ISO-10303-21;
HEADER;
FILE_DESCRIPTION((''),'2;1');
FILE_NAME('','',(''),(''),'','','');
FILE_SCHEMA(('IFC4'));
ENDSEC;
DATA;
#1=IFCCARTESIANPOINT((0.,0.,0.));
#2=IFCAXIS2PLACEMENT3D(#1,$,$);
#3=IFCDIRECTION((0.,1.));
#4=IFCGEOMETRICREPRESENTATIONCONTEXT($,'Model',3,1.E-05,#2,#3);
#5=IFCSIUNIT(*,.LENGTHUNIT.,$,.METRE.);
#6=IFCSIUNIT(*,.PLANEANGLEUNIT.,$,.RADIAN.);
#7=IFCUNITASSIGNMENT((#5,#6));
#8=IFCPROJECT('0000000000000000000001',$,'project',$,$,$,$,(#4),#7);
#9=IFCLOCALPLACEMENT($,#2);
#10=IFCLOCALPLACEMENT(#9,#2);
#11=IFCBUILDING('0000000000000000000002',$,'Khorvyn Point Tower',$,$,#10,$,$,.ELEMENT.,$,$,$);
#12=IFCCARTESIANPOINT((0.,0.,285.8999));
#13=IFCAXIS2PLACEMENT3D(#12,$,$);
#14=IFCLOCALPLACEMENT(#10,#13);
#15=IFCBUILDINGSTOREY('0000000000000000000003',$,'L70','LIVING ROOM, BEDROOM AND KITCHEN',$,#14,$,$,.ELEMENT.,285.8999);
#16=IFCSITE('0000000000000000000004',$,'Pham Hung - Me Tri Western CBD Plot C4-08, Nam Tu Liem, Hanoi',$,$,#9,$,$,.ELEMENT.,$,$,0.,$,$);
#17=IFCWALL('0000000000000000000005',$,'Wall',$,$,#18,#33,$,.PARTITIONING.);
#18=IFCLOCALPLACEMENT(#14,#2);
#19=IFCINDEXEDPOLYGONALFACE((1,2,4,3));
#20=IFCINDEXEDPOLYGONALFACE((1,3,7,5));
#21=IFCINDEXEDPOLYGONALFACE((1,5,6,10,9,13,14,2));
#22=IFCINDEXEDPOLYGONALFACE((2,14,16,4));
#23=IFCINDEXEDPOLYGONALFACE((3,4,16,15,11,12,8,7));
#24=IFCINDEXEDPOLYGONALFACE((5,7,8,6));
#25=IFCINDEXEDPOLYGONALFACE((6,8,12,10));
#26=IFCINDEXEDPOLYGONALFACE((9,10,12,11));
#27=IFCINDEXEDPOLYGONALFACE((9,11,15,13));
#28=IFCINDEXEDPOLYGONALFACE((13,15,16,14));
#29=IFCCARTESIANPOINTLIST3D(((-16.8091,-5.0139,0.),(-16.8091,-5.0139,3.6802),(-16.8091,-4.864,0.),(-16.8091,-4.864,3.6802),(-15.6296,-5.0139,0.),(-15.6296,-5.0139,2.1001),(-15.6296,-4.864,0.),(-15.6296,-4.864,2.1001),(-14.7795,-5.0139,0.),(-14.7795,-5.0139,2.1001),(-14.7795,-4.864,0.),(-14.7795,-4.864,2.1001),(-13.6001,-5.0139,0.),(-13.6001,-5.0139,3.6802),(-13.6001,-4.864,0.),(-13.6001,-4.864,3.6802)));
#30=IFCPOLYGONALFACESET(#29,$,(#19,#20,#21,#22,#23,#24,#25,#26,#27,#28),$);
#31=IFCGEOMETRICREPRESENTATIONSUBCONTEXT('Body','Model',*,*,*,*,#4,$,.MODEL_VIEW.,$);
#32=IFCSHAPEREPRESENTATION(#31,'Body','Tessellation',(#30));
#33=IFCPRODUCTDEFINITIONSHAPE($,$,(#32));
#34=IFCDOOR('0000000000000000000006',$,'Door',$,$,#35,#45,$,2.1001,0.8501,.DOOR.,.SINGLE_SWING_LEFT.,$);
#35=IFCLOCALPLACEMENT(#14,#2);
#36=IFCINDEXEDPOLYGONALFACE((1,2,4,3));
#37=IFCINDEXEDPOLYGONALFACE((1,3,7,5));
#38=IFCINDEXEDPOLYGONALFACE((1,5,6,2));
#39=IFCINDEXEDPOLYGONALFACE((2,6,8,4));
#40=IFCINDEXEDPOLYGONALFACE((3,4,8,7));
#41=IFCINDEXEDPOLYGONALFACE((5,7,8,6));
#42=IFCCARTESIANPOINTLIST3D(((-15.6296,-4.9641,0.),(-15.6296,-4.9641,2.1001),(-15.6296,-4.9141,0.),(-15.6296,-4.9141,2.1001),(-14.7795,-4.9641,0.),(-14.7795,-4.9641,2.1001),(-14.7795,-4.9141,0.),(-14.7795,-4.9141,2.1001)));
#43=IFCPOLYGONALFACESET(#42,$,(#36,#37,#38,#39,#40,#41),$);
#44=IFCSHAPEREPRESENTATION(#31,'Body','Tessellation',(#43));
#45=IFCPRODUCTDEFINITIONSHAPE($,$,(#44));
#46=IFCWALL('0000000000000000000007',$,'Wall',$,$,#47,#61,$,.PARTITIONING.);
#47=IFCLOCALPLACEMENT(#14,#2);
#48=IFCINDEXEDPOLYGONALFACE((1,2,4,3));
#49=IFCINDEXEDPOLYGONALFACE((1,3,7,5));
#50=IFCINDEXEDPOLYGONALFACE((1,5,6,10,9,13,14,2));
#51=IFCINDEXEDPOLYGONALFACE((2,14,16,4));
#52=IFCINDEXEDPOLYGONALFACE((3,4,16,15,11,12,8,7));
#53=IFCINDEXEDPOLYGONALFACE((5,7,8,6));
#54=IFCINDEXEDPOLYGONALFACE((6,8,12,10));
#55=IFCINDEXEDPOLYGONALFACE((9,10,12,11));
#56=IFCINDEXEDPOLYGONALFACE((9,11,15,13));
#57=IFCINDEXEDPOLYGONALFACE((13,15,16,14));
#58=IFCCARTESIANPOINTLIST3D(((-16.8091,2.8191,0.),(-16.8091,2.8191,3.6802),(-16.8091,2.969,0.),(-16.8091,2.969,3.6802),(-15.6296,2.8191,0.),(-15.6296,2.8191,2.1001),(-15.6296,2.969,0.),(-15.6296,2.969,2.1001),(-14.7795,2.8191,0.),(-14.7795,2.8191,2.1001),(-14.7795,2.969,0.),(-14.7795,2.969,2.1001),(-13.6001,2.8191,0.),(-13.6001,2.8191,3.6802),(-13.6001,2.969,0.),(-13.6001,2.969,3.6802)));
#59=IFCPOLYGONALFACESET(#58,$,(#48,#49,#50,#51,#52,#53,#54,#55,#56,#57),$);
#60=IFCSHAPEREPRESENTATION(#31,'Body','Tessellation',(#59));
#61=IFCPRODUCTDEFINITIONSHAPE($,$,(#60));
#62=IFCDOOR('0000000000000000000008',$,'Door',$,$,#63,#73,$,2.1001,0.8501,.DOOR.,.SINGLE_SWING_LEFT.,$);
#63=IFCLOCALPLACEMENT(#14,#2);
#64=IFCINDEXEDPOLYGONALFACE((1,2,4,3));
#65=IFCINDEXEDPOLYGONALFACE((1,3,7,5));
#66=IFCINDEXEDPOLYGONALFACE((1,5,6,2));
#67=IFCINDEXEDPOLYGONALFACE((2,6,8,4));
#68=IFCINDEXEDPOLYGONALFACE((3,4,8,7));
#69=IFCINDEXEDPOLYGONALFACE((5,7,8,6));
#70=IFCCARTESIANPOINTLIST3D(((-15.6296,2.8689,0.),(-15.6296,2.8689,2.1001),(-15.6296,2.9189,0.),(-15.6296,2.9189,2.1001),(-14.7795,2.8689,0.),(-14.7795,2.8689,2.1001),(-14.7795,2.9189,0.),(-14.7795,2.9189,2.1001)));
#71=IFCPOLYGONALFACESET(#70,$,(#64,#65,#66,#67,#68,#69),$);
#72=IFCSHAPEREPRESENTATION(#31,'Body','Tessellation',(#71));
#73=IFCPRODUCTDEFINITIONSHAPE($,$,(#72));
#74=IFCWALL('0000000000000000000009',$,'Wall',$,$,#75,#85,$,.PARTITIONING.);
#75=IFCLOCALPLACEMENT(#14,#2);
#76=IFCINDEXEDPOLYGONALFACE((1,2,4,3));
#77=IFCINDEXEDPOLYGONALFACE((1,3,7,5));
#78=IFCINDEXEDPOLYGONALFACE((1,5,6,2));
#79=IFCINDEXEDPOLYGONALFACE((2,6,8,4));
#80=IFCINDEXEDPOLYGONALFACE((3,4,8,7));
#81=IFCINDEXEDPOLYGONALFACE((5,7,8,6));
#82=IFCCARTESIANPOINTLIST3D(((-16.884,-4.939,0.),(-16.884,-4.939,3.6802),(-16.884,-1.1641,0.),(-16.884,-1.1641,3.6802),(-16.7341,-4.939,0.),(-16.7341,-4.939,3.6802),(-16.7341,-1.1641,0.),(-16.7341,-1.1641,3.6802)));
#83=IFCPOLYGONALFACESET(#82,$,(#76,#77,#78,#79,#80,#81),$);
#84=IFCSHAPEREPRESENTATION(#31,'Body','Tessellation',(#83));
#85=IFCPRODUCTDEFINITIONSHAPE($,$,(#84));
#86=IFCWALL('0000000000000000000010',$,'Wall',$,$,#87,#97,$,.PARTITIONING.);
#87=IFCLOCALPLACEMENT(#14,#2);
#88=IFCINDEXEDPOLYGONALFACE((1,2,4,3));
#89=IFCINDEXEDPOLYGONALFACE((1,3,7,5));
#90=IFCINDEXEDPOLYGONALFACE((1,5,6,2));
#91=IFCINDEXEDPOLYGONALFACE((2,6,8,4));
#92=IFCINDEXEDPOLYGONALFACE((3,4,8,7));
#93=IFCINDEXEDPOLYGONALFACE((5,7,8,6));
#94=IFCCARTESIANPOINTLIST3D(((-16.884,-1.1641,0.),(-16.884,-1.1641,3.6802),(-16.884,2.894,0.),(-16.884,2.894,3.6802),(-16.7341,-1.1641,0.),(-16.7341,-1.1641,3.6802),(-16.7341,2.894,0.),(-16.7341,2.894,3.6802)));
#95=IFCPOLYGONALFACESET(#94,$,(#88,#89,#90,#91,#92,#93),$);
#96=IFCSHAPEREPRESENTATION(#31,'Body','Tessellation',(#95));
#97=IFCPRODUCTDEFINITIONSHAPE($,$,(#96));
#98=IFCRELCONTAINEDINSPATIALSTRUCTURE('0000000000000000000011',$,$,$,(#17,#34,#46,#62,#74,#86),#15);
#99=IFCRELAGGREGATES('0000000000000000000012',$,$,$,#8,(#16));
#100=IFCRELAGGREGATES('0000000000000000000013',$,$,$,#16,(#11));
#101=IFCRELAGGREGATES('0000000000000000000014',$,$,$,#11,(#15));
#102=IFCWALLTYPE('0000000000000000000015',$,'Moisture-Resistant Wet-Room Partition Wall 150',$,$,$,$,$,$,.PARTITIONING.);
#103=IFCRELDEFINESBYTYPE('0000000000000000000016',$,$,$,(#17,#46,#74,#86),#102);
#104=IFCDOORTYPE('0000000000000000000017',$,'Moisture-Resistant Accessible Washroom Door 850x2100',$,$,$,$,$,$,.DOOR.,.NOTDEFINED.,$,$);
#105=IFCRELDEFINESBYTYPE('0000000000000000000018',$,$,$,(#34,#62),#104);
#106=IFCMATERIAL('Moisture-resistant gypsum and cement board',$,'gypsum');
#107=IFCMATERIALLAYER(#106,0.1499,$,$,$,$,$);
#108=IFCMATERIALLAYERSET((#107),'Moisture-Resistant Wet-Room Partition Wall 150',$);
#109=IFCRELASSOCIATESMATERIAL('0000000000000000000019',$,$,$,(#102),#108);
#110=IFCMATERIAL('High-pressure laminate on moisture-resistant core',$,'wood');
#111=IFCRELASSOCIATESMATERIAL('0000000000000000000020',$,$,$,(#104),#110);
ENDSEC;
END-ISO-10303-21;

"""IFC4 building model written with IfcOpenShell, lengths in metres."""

from ifc_helpers import new_model, si_unit, direction, frame, frame_2d, origin, place, context, subcontext, project, spatial, rectangle, extrude, material, layer, layer_set, type_object, element, fill, save


model = new_model("IFC4")

# Units and contexts
model_context = context("Model", 3, precision=1e-05, world=origin(), true_north=direction((0.0, 1.0)))
body_context = subcontext(model_context, "Body", "Model", "MODEL_VIEW")
ifc_project = project(units=[si_unit("LENGTHUNIT", "METRE"), si_unit("PLANEANGLEUNIT", "RADIAN")], contexts=[model_context])

# Site, building, storey
site_placement = place(None, origin())
site = spatial("IfcSite", under=ifc_project, at=site_placement, Name="Pham Hung - Me Tri Western CBD Plot C4-08, Nam Tu Liem, Hanoi", CompositionType="ELEMENT", RefElevation=0.0)
building_placement = place(site_placement, origin())
building = spatial("IfcBuilding", under=site, at=building_placement, Name="Khorvyn Point Tower", CompositionType="ELEMENT")
storey_placement = place(building_placement, frame((0.0, 0.0, 285.8999)))
storey = spatial("IfcBuildingStorey", under=building, at=storey_placement, Name="L70", Description="LIVING ROOM, BEDROOM AND KITCHEN", CompositionType="ELEMENT", Elevation=285.8999)

# Walls, openings, doors
ifc_material_1 = material(Name="Moisture-resistant gypsum and cement board", Category="gypsum")
ifc_layer_1 = layer(ifc_material_1, 0.1499)
ifc_layer_set_1 = layer_set([ifc_layer_1], Name="Moisture-Resistant Wet-Room Partition Wall 150")
wall_type_1 = type_object("IfcWallType", Name="Moisture-Resistant Wet-Room Partition Wall 150", PredefinedType="PARTITIONING", material=ifc_layer_set_1)
wall_1_placement = place(storey_placement, frame((-16.8091, -4.939, 0.0), z_axis=(0.0, 0.0, 1.0), x_axis=(1.0, 0.0, 0.0)))
wall_1 = element("IfcWall", 1, at=wall_1_placement, inside=storey, type_object=wall_type_1, Name="Wall", PredefinedType="PARTITIONING", context=body_context, shape_type="SweptSolid", body=[
    extrude(rectangle(XDim=3.209, YDim=0.1499, at=frame_2d((1.6045, 0.0))), origin(), (0.0, 0.0, 1.0), 3.6802),
])
opening_1_placement = place(wall_1_placement, frame((1.1794, 0.0, 0.0)))
opening_1 = element("IfcOpeningElement", 2, at=opening_1_placement, cuts=wall_1, PredefinedType="OPENING", context=body_context, shape_type="SweptSolid", body=[
    extrude(rectangle(XDim=0.8501, YDim=2.1001, at=frame_2d((0.425, 1.05))), frame((0.0, 0.085, 0.0), z_axis=(0.0, -1.0, 0.0), x_axis=(1.0, 0.0, 0.0)), (0.0, 0.0, 1.0), 0.1699),
])
ifc_material_2 = material(Name="High-pressure laminate on moisture-resistant core", Category="wood")
door_type_1 = type_object("IfcDoorType", Name="Moisture-Resistant Accessible Washroom Door 850x2100", OperationType="NOTDEFINED", PredefinedType="DOOR", material=ifc_material_2)
door_1_placement = place(opening_1_placement, origin())
door_1 = element("IfcDoor", 3, at=door_1_placement, inside=storey, type_object=door_type_1, Name="Door", OperationType="SINGLE_SWING_LEFT", OverallHeight=2.1001, OverallWidth=0.8501, PredefinedType="DOOR", context=body_context, shape_type="SweptSolid", body=[
    extrude(rectangle(XDim=0.8501, YDim=2.1001, at=frame_2d((0.425, 1.05))), frame((0.0, 0.0249, 0.0), z_axis=(0.0, -1.0, 0.0), x_axis=(1.0, 0.0, 0.0)), (0.0, 0.0, 1.0), 0.05),
])
fill(opening_1, door_1)
wall_2_placement = place(storey_placement, frame((-16.8091, 2.894, 0.0), z_axis=(0.0, 0.0, 1.0), x_axis=(1.0, 0.0, 0.0)))
wall_2 = element("IfcWall", 4, at=wall_2_placement, inside=storey, type_object=wall_type_1, Name="Wall", PredefinedType="PARTITIONING", context=body_context, shape_type="SweptSolid", body=[
    extrude(rectangle(XDim=3.209, YDim=0.1499, at=frame_2d((1.6045, 0.0))), origin(), (0.0, 0.0, 1.0), 3.6802),
])
opening_2_placement = place(wall_2_placement, frame((1.1794, 0.0, 0.0)))
opening_2 = element("IfcOpeningElement", 5, at=opening_2_placement, cuts=wall_2, PredefinedType="OPENING", context=body_context, shape_type="SweptSolid", body=[
    extrude(rectangle(XDim=0.8501, YDim=2.1001, at=frame_2d((0.425, 1.05))), frame((0.0, 0.085, 0.0), z_axis=(0.0, -1.0, 0.0), x_axis=(1.0, 0.0, 0.0)), (0.0, 0.0, 1.0), 0.1699),
])
door_2_placement = place(opening_2_placement, origin())
door_2 = element("IfcDoor", 6, at=door_2_placement, inside=storey, type_object=door_type_1, Name="Door", OperationType="SINGLE_SWING_LEFT", OverallHeight=2.1001, OverallWidth=0.8501, PredefinedType="DOOR", context=body_context, shape_type="SweptSolid", body=[
    extrude(rectangle(XDim=0.8501, YDim=2.1001, at=frame_2d((0.425, 1.05))), frame((0.0, 0.0249, 0.0), z_axis=(0.0, -1.0, 0.0), x_axis=(1.0, 0.0, 0.0)), (0.0, 0.0, 1.0), 0.05),
])
fill(opening_2, door_2)

# Walls
wall_3_placement = place(storey_placement, frame((-16.8091, -4.939, 0.0), z_axis=(0.0, 0.0, 1.0), x_axis=(0.0, 1.0, 0.0)))
element("IfcWall", 7, at=wall_3_placement, inside=storey, type_object=wall_type_1, Name="Wall", PredefinedType="PARTITIONING", context=body_context, shape_type="SweptSolid", body=[
    extrude(rectangle(XDim=3.7749, YDim=0.1499, at=frame_2d((1.8875, 0.0))), origin(), (0.0, 0.0, 1.0), 3.6802),
])
wall_4_placement = place(storey_placement, frame((-16.8091, -1.1641, 0.0), z_axis=(0.0, 0.0, 1.0), x_axis=(0.0, 1.0, 0.0)))
element("IfcWall", 8, at=wall_4_placement, inside=storey, type_object=wall_type_1, Name="Wall", PredefinedType="PARTITIONING", context=body_context, shape_type="SweptSolid", body=[
    extrude(rectangle(XDim=4.0581, YDim=0.1499, at=frame_2d((2.0291, 0.0))), origin(), (0.0, 0.0, 1.0), 3.6802),
])

save(model, "model.ifc")
